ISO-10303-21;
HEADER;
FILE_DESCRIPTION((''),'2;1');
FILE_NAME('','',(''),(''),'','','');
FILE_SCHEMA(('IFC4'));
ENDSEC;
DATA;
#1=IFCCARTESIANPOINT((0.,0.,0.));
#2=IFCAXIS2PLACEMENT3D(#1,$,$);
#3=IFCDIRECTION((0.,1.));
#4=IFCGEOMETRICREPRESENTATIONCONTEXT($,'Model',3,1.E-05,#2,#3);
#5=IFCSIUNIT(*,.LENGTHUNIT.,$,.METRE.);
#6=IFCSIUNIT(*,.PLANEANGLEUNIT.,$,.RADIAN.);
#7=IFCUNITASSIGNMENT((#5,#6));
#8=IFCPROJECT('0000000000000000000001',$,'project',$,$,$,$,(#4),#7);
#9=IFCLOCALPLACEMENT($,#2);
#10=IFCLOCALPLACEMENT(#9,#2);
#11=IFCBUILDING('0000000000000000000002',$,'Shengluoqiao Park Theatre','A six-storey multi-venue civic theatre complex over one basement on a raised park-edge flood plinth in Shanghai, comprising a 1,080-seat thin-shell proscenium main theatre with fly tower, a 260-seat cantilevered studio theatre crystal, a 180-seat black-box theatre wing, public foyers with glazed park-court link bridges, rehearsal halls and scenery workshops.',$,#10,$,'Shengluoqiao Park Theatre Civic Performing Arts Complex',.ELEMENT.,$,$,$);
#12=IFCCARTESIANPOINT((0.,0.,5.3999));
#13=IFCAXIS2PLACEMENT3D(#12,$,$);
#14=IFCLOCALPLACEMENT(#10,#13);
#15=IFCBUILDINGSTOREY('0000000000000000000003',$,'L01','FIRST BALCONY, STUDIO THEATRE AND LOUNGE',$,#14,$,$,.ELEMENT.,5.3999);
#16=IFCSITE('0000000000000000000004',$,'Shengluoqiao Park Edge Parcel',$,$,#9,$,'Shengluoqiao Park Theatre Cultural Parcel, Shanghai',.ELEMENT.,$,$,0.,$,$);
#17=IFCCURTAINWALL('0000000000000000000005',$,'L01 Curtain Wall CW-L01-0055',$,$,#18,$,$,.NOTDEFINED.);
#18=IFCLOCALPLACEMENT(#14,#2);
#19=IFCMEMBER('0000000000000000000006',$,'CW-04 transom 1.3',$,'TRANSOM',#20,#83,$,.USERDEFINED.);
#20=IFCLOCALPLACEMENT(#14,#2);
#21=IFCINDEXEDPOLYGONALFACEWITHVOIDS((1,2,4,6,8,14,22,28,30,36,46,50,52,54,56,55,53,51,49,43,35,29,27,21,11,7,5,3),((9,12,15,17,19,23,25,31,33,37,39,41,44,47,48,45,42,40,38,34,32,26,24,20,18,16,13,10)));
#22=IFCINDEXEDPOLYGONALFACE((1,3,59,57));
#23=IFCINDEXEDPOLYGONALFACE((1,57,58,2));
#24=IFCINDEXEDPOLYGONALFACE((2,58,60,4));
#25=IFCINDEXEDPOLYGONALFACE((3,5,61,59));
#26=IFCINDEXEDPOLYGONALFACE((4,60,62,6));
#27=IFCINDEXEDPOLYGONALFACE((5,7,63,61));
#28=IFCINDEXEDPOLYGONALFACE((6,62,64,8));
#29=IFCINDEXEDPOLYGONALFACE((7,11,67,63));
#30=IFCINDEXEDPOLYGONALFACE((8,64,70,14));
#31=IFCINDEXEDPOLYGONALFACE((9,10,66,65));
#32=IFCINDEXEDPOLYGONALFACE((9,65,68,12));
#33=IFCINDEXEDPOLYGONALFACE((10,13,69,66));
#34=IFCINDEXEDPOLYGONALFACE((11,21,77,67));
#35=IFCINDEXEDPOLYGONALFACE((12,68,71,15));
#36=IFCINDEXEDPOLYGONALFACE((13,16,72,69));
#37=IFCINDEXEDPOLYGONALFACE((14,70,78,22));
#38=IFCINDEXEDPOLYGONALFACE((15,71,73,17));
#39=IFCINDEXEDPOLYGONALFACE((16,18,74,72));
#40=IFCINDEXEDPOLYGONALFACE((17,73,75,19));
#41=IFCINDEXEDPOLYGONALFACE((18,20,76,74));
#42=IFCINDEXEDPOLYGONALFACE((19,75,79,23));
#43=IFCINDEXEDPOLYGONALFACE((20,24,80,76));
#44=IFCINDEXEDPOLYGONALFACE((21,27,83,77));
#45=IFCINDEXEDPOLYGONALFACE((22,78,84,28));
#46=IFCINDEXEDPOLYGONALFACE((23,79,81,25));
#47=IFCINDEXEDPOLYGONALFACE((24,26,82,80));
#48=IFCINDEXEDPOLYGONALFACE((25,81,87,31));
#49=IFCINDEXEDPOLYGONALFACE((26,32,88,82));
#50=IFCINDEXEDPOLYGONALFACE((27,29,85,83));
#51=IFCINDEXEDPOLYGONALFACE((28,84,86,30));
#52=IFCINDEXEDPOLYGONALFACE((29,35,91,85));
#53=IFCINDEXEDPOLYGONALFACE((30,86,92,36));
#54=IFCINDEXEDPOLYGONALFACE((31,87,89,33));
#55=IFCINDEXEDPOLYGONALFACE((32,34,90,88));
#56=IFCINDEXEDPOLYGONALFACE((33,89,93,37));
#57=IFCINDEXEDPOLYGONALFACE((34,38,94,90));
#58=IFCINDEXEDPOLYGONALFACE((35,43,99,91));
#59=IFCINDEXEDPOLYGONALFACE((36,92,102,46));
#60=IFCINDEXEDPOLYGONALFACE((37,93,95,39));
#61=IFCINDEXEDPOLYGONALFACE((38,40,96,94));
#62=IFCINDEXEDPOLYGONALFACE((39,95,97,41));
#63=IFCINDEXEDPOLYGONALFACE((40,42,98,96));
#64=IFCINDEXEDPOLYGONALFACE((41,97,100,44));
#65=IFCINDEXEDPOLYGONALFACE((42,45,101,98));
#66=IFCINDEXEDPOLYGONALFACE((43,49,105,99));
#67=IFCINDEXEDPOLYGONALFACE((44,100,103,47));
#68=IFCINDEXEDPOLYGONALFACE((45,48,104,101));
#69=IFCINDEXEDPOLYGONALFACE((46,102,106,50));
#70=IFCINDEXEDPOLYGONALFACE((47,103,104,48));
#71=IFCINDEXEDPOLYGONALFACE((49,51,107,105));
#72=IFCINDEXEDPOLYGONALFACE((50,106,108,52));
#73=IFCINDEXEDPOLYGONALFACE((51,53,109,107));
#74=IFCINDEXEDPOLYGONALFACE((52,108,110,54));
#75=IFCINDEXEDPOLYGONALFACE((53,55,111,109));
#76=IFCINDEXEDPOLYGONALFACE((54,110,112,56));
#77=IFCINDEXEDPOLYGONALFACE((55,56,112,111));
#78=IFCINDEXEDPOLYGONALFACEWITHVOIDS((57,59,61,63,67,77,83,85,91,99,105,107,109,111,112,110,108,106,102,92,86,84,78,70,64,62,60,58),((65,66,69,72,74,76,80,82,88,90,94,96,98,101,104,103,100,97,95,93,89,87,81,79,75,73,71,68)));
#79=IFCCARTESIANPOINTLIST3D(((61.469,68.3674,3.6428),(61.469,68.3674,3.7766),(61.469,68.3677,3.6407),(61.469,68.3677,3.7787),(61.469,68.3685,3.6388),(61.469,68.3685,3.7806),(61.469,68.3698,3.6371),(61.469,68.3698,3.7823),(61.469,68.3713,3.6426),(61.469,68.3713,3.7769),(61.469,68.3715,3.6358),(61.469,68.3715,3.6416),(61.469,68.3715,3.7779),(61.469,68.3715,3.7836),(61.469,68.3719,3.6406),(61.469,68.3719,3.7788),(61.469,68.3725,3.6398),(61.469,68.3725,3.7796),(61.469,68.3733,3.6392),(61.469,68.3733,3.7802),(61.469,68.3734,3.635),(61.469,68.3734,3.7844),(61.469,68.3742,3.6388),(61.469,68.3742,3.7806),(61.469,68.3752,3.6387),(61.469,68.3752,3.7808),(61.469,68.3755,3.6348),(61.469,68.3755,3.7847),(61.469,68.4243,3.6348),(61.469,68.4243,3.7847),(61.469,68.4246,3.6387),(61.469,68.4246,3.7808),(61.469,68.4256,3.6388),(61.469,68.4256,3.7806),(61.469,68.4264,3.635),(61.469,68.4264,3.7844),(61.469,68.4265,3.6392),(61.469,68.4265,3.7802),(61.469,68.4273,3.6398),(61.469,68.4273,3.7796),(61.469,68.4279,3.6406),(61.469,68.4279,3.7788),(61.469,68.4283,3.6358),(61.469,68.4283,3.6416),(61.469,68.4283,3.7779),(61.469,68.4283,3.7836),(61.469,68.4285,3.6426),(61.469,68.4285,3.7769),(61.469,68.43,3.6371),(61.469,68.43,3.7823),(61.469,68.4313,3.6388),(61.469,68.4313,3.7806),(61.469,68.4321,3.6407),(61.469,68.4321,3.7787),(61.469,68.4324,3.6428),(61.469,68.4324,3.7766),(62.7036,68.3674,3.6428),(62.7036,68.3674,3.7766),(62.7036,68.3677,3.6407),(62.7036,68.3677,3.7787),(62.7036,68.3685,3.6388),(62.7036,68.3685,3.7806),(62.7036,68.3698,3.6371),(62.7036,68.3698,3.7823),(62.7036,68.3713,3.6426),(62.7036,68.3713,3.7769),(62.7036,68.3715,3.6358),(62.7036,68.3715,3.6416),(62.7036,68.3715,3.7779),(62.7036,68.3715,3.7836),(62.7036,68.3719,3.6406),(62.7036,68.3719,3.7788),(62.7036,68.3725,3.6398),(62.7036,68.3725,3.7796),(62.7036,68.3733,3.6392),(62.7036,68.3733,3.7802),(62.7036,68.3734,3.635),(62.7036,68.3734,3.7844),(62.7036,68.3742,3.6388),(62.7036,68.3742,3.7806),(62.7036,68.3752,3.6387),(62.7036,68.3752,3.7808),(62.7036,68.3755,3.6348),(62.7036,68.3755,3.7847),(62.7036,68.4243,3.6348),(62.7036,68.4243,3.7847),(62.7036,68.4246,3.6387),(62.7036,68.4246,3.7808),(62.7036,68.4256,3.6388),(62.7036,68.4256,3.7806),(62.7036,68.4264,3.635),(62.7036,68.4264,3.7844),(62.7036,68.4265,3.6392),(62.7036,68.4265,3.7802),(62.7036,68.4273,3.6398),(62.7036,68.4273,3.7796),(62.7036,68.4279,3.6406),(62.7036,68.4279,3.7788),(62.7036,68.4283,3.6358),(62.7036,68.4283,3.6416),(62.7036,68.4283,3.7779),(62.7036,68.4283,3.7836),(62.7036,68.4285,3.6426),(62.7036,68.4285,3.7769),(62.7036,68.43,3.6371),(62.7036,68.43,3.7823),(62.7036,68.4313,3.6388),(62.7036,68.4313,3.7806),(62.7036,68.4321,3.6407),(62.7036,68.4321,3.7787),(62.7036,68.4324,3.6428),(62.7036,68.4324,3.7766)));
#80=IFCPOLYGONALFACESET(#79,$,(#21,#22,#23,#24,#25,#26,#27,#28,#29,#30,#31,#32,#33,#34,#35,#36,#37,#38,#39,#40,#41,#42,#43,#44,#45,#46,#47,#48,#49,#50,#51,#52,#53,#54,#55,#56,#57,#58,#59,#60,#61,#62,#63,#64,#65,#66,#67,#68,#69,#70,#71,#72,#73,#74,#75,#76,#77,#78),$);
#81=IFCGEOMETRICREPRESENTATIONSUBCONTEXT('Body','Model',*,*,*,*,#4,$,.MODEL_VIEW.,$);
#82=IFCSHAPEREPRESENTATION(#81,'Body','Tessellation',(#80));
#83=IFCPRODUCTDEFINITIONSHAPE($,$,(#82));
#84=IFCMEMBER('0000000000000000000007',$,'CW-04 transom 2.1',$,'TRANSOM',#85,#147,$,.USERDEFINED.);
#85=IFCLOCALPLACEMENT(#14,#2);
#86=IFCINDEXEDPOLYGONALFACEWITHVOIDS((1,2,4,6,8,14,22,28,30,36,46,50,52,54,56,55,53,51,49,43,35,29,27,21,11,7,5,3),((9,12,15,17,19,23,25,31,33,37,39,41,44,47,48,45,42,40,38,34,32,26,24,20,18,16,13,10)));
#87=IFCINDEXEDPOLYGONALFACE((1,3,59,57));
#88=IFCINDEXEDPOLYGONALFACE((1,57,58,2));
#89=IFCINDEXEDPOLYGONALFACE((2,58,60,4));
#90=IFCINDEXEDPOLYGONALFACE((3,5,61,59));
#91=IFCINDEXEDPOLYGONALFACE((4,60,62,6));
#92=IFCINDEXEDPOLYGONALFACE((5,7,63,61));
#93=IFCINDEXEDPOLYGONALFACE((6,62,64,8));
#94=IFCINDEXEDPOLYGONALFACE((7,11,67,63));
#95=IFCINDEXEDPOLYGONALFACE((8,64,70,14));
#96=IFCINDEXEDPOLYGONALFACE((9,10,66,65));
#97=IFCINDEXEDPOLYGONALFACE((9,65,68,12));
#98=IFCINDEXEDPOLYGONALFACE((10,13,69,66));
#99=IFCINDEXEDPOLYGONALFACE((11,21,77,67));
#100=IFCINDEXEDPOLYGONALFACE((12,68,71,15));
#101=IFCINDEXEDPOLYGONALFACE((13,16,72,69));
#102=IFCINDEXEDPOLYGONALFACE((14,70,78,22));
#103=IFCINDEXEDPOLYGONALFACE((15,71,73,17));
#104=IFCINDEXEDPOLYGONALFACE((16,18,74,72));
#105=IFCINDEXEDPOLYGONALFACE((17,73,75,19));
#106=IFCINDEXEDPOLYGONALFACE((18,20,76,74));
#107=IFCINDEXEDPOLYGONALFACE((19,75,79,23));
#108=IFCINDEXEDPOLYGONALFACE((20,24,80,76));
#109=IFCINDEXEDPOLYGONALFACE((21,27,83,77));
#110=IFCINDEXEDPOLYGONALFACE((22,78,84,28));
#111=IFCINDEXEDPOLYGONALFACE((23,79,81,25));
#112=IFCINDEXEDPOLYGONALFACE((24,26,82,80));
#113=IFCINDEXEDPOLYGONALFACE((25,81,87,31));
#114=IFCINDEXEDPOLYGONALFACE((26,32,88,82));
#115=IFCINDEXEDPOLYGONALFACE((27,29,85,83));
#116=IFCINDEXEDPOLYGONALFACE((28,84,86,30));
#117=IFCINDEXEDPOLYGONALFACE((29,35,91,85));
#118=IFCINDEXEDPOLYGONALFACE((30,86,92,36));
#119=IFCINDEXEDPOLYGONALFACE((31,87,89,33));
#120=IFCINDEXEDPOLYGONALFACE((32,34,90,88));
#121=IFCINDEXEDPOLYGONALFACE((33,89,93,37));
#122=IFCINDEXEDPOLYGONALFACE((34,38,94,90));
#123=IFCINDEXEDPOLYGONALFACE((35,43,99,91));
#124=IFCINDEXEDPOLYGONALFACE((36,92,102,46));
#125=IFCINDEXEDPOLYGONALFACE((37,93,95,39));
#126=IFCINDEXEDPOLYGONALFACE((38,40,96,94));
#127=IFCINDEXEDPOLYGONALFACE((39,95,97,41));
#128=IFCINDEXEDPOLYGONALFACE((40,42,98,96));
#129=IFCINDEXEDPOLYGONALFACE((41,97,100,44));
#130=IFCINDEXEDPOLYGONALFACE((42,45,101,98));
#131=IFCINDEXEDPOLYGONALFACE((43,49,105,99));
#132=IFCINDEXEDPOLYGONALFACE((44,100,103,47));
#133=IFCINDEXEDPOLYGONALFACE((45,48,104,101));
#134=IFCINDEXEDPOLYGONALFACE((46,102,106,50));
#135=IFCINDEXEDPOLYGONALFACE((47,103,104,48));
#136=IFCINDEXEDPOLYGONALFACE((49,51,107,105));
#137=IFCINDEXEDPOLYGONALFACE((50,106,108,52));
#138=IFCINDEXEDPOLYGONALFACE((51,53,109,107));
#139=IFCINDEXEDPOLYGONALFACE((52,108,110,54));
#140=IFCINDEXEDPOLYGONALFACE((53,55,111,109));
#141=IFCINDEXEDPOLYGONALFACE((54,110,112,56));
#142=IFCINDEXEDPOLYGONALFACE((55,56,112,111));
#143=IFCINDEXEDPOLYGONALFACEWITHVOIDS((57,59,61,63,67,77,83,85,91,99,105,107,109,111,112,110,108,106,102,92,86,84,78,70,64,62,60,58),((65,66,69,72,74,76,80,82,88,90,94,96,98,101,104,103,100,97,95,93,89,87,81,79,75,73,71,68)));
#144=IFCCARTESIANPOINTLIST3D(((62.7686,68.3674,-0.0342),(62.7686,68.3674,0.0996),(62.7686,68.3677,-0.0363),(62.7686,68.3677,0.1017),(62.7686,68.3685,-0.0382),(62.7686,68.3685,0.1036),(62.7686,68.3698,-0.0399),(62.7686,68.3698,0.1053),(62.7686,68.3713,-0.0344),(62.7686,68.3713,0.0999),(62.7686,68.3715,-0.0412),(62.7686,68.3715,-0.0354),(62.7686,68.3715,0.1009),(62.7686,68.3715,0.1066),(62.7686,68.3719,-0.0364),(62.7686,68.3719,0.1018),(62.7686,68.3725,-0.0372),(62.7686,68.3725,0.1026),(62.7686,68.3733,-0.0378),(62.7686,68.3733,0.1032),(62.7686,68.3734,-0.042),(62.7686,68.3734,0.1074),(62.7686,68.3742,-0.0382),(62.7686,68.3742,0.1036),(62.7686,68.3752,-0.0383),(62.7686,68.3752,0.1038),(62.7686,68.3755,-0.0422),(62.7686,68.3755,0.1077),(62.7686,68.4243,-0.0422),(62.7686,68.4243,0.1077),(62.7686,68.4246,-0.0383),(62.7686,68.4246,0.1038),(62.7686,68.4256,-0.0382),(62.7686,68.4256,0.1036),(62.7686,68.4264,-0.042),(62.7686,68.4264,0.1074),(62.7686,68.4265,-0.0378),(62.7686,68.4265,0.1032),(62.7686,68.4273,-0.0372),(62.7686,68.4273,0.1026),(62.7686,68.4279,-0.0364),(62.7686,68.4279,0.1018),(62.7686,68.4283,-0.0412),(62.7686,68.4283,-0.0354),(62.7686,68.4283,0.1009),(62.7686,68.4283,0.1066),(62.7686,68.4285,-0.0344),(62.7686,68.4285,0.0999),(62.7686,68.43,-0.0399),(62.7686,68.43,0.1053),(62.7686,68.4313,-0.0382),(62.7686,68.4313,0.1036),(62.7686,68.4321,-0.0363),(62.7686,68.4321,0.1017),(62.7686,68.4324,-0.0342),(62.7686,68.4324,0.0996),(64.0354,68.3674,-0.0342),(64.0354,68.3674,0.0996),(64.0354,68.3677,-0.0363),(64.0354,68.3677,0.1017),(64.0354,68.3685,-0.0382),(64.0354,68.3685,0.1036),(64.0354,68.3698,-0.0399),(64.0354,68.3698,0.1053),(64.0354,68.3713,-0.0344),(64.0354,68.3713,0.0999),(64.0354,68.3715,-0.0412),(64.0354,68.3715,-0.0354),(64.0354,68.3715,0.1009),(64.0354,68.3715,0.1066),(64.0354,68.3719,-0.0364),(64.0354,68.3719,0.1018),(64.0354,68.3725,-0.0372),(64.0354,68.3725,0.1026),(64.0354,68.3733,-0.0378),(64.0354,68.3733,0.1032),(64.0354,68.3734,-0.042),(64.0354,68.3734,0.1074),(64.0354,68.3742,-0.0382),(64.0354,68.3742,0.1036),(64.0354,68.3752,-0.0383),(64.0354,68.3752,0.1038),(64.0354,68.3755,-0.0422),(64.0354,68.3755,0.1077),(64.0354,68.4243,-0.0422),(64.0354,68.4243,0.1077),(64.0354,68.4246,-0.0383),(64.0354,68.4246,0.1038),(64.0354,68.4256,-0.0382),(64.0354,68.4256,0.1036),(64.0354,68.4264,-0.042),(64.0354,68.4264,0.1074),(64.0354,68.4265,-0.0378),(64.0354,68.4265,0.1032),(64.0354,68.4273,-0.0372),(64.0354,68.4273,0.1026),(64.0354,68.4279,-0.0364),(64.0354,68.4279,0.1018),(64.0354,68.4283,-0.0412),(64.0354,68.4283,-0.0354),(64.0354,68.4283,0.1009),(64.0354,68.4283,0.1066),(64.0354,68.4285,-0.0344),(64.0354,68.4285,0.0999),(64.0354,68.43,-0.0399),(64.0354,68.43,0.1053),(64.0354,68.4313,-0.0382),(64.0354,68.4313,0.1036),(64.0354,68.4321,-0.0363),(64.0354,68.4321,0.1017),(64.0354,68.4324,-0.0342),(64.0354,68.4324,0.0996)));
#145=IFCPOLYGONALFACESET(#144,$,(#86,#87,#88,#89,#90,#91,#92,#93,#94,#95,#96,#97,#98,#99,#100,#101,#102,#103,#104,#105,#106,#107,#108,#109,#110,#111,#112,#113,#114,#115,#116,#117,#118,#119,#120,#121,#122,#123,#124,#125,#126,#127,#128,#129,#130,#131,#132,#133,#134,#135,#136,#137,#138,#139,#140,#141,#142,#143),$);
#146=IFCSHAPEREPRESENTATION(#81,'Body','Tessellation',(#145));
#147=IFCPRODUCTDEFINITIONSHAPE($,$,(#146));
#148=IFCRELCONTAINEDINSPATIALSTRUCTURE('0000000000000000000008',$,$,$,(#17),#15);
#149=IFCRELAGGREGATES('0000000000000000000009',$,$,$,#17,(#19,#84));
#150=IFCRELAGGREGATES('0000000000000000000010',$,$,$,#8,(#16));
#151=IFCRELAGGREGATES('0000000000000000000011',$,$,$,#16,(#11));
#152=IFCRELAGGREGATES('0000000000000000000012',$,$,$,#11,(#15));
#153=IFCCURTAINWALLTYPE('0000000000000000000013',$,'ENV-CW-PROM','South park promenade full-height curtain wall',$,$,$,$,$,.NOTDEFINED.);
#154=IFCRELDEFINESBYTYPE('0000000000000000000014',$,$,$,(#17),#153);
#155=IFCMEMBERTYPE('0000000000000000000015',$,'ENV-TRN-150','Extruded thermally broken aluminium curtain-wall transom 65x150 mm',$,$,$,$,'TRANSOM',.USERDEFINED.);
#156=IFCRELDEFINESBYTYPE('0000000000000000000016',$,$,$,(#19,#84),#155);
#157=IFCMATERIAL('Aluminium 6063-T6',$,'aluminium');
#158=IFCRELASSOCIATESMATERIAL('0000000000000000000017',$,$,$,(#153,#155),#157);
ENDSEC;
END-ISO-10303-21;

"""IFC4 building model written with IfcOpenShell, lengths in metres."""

from ifc_helpers import new_model, si_unit, direction, frame, origin, origin_2d, place, context, subcontext, project, spatial, hollow_rectangle, extrude, material, material_profile, profile_set, type_object, element, aggregate, save


model = new_model("IFC4")

# Units and contexts
model_context = context("Model", 3, precision=1e-05, world=origin(), true_north=direction((0.0, 1.0)))
body_context = subcontext(model_context, "Body", "Model", "MODEL_VIEW")
ifc_project = project(units=[si_unit("LENGTHUNIT", "METRE"), si_unit("PLANEANGLEUNIT", "RADIAN")], contexts=[model_context])

# Site, building, storey
site_placement = place(None, origin())
site = spatial("IfcSite", under=ifc_project, at=site_placement, Name="Shengluoqiao Park Edge Parcel", LongName="Shengluoqiao Park Theatre Cultural Parcel, Shanghai", CompositionType="ELEMENT", RefElevation=0.0)
building_placement = place(site_placement, origin())
building = spatial("IfcBuilding", under=site, at=building_placement, Name="Shengluoqiao Park Theatre", Description="A six-storey multi-venue civic theatre complex over one basement on a raised park-edge flood plinth in Shanghai, comprising a 1,080-seat thin-shell proscenium main theatre with fly tower, a 260-seat cantilevered studio theatre crystal, a 180-seat black-box theatre wing, public foyers with glazed park-court link bridges, rehearsal halls and scenery workshops.", LongName="Shengluoqiao Park Theatre Civic Performing Arts Complex", CompositionType="ELEMENT")
storey_placement = place(building_placement, frame((0.0, 0.0, 5.3999)))
storey = spatial("IfcBuildingStorey", under=building, at=storey_placement, Name="L01", Description="FIRST BALCONY, STUDIO THEATRE AND LOUNGE", CompositionType="ELEMENT", Elevation=5.3999)

# Curtain wall
ifc_material_1 = material(Name="Aluminium 6063-T6", Category="aluminium")
curtain_wall_type = type_object("IfcCurtainWallType", Name="ENV-CW-PROM", Description="South park promenade full-height curtain wall", PredefinedType="NOTDEFINED", material=ifc_material_1)
curtain_wall_1_placement = place(storey_placement, origin())
curtain_wall_1 = element("IfcCurtainWall", 1, at=curtain_wall_1_placement, inside=storey, type_object=curtain_wall_type, Name="L01 Curtain Wall CW-L01-0055", PredefinedType="NOTDEFINED")

# Members
ifc_material_profile_1 = material_profile(ifc_material_1, hollow_rectangle(XDim=0.0649, YDim=0.1499, WallThickness=0.0039, InnerFilletRadius=0.0039, OuterFilletRadius=0.0081, at=origin_2d()), Name="ALU TRANSOM 150x65x4")
ifc_profile_set_1 = profile_set([ifc_material_profile_1], Name="Aluminium 6063-T6")
member_type_1 = type_object("IfcMemberType", Name="ENV-TRN-150", Description="Extruded thermally broken aluminium curtain-wall transom 65x150 mm", ElementType="TRANSOM", PredefinedType="USERDEFINED", material=ifc_profile_set_1)
member_1_placement = place(storey_placement, frame((61.469, 68.3999, 3.7097), z_axis=(1.0, 0.0, 0.0), x_axis=(0.0, 1.0, 0.0)))
member_1 = element("IfcMember", 2, at=member_1_placement, type_object=member_type_1, Name="CW-04 transom 1.3", ObjectType="TRANSOM", PredefinedType="USERDEFINED", context=body_context, shape_type="SweptSolid", body=[
    extrude(hollow_rectangle(XDim=0.0649, YDim=0.1499, WallThickness=0.0039, InnerFilletRadius=0.0039, OuterFilletRadius=0.0081, at=origin_2d()), origin(), (0.0, 0.0, 1.0), 1.2346),
])
member_2_placement = place(storey_placement, frame((62.7686, 68.3999, 0.0327), z_axis=(1.0, 0.0, 0.0), x_axis=(0.0, 1.0, 0.0)))
member_2 = element("IfcMember", 3, at=member_2_placement, type_object=member_type_1, Name="CW-04 transom 2.1", ObjectType="TRANSOM", PredefinedType="USERDEFINED", context=body_context, shape_type="SweptSolid", body=[
    extrude(hollow_rectangle(XDim=0.0649, YDim=0.1499, WallThickness=0.0039, InnerFilletRadius=0.0039, OuterFilletRadius=0.0081, at=origin_2d()), origin(), (0.0, 0.0, 1.0), 1.2668),
])

aggregate(curtain_wall_1, [member_1, member_2])

save(model, "model.ifc")
